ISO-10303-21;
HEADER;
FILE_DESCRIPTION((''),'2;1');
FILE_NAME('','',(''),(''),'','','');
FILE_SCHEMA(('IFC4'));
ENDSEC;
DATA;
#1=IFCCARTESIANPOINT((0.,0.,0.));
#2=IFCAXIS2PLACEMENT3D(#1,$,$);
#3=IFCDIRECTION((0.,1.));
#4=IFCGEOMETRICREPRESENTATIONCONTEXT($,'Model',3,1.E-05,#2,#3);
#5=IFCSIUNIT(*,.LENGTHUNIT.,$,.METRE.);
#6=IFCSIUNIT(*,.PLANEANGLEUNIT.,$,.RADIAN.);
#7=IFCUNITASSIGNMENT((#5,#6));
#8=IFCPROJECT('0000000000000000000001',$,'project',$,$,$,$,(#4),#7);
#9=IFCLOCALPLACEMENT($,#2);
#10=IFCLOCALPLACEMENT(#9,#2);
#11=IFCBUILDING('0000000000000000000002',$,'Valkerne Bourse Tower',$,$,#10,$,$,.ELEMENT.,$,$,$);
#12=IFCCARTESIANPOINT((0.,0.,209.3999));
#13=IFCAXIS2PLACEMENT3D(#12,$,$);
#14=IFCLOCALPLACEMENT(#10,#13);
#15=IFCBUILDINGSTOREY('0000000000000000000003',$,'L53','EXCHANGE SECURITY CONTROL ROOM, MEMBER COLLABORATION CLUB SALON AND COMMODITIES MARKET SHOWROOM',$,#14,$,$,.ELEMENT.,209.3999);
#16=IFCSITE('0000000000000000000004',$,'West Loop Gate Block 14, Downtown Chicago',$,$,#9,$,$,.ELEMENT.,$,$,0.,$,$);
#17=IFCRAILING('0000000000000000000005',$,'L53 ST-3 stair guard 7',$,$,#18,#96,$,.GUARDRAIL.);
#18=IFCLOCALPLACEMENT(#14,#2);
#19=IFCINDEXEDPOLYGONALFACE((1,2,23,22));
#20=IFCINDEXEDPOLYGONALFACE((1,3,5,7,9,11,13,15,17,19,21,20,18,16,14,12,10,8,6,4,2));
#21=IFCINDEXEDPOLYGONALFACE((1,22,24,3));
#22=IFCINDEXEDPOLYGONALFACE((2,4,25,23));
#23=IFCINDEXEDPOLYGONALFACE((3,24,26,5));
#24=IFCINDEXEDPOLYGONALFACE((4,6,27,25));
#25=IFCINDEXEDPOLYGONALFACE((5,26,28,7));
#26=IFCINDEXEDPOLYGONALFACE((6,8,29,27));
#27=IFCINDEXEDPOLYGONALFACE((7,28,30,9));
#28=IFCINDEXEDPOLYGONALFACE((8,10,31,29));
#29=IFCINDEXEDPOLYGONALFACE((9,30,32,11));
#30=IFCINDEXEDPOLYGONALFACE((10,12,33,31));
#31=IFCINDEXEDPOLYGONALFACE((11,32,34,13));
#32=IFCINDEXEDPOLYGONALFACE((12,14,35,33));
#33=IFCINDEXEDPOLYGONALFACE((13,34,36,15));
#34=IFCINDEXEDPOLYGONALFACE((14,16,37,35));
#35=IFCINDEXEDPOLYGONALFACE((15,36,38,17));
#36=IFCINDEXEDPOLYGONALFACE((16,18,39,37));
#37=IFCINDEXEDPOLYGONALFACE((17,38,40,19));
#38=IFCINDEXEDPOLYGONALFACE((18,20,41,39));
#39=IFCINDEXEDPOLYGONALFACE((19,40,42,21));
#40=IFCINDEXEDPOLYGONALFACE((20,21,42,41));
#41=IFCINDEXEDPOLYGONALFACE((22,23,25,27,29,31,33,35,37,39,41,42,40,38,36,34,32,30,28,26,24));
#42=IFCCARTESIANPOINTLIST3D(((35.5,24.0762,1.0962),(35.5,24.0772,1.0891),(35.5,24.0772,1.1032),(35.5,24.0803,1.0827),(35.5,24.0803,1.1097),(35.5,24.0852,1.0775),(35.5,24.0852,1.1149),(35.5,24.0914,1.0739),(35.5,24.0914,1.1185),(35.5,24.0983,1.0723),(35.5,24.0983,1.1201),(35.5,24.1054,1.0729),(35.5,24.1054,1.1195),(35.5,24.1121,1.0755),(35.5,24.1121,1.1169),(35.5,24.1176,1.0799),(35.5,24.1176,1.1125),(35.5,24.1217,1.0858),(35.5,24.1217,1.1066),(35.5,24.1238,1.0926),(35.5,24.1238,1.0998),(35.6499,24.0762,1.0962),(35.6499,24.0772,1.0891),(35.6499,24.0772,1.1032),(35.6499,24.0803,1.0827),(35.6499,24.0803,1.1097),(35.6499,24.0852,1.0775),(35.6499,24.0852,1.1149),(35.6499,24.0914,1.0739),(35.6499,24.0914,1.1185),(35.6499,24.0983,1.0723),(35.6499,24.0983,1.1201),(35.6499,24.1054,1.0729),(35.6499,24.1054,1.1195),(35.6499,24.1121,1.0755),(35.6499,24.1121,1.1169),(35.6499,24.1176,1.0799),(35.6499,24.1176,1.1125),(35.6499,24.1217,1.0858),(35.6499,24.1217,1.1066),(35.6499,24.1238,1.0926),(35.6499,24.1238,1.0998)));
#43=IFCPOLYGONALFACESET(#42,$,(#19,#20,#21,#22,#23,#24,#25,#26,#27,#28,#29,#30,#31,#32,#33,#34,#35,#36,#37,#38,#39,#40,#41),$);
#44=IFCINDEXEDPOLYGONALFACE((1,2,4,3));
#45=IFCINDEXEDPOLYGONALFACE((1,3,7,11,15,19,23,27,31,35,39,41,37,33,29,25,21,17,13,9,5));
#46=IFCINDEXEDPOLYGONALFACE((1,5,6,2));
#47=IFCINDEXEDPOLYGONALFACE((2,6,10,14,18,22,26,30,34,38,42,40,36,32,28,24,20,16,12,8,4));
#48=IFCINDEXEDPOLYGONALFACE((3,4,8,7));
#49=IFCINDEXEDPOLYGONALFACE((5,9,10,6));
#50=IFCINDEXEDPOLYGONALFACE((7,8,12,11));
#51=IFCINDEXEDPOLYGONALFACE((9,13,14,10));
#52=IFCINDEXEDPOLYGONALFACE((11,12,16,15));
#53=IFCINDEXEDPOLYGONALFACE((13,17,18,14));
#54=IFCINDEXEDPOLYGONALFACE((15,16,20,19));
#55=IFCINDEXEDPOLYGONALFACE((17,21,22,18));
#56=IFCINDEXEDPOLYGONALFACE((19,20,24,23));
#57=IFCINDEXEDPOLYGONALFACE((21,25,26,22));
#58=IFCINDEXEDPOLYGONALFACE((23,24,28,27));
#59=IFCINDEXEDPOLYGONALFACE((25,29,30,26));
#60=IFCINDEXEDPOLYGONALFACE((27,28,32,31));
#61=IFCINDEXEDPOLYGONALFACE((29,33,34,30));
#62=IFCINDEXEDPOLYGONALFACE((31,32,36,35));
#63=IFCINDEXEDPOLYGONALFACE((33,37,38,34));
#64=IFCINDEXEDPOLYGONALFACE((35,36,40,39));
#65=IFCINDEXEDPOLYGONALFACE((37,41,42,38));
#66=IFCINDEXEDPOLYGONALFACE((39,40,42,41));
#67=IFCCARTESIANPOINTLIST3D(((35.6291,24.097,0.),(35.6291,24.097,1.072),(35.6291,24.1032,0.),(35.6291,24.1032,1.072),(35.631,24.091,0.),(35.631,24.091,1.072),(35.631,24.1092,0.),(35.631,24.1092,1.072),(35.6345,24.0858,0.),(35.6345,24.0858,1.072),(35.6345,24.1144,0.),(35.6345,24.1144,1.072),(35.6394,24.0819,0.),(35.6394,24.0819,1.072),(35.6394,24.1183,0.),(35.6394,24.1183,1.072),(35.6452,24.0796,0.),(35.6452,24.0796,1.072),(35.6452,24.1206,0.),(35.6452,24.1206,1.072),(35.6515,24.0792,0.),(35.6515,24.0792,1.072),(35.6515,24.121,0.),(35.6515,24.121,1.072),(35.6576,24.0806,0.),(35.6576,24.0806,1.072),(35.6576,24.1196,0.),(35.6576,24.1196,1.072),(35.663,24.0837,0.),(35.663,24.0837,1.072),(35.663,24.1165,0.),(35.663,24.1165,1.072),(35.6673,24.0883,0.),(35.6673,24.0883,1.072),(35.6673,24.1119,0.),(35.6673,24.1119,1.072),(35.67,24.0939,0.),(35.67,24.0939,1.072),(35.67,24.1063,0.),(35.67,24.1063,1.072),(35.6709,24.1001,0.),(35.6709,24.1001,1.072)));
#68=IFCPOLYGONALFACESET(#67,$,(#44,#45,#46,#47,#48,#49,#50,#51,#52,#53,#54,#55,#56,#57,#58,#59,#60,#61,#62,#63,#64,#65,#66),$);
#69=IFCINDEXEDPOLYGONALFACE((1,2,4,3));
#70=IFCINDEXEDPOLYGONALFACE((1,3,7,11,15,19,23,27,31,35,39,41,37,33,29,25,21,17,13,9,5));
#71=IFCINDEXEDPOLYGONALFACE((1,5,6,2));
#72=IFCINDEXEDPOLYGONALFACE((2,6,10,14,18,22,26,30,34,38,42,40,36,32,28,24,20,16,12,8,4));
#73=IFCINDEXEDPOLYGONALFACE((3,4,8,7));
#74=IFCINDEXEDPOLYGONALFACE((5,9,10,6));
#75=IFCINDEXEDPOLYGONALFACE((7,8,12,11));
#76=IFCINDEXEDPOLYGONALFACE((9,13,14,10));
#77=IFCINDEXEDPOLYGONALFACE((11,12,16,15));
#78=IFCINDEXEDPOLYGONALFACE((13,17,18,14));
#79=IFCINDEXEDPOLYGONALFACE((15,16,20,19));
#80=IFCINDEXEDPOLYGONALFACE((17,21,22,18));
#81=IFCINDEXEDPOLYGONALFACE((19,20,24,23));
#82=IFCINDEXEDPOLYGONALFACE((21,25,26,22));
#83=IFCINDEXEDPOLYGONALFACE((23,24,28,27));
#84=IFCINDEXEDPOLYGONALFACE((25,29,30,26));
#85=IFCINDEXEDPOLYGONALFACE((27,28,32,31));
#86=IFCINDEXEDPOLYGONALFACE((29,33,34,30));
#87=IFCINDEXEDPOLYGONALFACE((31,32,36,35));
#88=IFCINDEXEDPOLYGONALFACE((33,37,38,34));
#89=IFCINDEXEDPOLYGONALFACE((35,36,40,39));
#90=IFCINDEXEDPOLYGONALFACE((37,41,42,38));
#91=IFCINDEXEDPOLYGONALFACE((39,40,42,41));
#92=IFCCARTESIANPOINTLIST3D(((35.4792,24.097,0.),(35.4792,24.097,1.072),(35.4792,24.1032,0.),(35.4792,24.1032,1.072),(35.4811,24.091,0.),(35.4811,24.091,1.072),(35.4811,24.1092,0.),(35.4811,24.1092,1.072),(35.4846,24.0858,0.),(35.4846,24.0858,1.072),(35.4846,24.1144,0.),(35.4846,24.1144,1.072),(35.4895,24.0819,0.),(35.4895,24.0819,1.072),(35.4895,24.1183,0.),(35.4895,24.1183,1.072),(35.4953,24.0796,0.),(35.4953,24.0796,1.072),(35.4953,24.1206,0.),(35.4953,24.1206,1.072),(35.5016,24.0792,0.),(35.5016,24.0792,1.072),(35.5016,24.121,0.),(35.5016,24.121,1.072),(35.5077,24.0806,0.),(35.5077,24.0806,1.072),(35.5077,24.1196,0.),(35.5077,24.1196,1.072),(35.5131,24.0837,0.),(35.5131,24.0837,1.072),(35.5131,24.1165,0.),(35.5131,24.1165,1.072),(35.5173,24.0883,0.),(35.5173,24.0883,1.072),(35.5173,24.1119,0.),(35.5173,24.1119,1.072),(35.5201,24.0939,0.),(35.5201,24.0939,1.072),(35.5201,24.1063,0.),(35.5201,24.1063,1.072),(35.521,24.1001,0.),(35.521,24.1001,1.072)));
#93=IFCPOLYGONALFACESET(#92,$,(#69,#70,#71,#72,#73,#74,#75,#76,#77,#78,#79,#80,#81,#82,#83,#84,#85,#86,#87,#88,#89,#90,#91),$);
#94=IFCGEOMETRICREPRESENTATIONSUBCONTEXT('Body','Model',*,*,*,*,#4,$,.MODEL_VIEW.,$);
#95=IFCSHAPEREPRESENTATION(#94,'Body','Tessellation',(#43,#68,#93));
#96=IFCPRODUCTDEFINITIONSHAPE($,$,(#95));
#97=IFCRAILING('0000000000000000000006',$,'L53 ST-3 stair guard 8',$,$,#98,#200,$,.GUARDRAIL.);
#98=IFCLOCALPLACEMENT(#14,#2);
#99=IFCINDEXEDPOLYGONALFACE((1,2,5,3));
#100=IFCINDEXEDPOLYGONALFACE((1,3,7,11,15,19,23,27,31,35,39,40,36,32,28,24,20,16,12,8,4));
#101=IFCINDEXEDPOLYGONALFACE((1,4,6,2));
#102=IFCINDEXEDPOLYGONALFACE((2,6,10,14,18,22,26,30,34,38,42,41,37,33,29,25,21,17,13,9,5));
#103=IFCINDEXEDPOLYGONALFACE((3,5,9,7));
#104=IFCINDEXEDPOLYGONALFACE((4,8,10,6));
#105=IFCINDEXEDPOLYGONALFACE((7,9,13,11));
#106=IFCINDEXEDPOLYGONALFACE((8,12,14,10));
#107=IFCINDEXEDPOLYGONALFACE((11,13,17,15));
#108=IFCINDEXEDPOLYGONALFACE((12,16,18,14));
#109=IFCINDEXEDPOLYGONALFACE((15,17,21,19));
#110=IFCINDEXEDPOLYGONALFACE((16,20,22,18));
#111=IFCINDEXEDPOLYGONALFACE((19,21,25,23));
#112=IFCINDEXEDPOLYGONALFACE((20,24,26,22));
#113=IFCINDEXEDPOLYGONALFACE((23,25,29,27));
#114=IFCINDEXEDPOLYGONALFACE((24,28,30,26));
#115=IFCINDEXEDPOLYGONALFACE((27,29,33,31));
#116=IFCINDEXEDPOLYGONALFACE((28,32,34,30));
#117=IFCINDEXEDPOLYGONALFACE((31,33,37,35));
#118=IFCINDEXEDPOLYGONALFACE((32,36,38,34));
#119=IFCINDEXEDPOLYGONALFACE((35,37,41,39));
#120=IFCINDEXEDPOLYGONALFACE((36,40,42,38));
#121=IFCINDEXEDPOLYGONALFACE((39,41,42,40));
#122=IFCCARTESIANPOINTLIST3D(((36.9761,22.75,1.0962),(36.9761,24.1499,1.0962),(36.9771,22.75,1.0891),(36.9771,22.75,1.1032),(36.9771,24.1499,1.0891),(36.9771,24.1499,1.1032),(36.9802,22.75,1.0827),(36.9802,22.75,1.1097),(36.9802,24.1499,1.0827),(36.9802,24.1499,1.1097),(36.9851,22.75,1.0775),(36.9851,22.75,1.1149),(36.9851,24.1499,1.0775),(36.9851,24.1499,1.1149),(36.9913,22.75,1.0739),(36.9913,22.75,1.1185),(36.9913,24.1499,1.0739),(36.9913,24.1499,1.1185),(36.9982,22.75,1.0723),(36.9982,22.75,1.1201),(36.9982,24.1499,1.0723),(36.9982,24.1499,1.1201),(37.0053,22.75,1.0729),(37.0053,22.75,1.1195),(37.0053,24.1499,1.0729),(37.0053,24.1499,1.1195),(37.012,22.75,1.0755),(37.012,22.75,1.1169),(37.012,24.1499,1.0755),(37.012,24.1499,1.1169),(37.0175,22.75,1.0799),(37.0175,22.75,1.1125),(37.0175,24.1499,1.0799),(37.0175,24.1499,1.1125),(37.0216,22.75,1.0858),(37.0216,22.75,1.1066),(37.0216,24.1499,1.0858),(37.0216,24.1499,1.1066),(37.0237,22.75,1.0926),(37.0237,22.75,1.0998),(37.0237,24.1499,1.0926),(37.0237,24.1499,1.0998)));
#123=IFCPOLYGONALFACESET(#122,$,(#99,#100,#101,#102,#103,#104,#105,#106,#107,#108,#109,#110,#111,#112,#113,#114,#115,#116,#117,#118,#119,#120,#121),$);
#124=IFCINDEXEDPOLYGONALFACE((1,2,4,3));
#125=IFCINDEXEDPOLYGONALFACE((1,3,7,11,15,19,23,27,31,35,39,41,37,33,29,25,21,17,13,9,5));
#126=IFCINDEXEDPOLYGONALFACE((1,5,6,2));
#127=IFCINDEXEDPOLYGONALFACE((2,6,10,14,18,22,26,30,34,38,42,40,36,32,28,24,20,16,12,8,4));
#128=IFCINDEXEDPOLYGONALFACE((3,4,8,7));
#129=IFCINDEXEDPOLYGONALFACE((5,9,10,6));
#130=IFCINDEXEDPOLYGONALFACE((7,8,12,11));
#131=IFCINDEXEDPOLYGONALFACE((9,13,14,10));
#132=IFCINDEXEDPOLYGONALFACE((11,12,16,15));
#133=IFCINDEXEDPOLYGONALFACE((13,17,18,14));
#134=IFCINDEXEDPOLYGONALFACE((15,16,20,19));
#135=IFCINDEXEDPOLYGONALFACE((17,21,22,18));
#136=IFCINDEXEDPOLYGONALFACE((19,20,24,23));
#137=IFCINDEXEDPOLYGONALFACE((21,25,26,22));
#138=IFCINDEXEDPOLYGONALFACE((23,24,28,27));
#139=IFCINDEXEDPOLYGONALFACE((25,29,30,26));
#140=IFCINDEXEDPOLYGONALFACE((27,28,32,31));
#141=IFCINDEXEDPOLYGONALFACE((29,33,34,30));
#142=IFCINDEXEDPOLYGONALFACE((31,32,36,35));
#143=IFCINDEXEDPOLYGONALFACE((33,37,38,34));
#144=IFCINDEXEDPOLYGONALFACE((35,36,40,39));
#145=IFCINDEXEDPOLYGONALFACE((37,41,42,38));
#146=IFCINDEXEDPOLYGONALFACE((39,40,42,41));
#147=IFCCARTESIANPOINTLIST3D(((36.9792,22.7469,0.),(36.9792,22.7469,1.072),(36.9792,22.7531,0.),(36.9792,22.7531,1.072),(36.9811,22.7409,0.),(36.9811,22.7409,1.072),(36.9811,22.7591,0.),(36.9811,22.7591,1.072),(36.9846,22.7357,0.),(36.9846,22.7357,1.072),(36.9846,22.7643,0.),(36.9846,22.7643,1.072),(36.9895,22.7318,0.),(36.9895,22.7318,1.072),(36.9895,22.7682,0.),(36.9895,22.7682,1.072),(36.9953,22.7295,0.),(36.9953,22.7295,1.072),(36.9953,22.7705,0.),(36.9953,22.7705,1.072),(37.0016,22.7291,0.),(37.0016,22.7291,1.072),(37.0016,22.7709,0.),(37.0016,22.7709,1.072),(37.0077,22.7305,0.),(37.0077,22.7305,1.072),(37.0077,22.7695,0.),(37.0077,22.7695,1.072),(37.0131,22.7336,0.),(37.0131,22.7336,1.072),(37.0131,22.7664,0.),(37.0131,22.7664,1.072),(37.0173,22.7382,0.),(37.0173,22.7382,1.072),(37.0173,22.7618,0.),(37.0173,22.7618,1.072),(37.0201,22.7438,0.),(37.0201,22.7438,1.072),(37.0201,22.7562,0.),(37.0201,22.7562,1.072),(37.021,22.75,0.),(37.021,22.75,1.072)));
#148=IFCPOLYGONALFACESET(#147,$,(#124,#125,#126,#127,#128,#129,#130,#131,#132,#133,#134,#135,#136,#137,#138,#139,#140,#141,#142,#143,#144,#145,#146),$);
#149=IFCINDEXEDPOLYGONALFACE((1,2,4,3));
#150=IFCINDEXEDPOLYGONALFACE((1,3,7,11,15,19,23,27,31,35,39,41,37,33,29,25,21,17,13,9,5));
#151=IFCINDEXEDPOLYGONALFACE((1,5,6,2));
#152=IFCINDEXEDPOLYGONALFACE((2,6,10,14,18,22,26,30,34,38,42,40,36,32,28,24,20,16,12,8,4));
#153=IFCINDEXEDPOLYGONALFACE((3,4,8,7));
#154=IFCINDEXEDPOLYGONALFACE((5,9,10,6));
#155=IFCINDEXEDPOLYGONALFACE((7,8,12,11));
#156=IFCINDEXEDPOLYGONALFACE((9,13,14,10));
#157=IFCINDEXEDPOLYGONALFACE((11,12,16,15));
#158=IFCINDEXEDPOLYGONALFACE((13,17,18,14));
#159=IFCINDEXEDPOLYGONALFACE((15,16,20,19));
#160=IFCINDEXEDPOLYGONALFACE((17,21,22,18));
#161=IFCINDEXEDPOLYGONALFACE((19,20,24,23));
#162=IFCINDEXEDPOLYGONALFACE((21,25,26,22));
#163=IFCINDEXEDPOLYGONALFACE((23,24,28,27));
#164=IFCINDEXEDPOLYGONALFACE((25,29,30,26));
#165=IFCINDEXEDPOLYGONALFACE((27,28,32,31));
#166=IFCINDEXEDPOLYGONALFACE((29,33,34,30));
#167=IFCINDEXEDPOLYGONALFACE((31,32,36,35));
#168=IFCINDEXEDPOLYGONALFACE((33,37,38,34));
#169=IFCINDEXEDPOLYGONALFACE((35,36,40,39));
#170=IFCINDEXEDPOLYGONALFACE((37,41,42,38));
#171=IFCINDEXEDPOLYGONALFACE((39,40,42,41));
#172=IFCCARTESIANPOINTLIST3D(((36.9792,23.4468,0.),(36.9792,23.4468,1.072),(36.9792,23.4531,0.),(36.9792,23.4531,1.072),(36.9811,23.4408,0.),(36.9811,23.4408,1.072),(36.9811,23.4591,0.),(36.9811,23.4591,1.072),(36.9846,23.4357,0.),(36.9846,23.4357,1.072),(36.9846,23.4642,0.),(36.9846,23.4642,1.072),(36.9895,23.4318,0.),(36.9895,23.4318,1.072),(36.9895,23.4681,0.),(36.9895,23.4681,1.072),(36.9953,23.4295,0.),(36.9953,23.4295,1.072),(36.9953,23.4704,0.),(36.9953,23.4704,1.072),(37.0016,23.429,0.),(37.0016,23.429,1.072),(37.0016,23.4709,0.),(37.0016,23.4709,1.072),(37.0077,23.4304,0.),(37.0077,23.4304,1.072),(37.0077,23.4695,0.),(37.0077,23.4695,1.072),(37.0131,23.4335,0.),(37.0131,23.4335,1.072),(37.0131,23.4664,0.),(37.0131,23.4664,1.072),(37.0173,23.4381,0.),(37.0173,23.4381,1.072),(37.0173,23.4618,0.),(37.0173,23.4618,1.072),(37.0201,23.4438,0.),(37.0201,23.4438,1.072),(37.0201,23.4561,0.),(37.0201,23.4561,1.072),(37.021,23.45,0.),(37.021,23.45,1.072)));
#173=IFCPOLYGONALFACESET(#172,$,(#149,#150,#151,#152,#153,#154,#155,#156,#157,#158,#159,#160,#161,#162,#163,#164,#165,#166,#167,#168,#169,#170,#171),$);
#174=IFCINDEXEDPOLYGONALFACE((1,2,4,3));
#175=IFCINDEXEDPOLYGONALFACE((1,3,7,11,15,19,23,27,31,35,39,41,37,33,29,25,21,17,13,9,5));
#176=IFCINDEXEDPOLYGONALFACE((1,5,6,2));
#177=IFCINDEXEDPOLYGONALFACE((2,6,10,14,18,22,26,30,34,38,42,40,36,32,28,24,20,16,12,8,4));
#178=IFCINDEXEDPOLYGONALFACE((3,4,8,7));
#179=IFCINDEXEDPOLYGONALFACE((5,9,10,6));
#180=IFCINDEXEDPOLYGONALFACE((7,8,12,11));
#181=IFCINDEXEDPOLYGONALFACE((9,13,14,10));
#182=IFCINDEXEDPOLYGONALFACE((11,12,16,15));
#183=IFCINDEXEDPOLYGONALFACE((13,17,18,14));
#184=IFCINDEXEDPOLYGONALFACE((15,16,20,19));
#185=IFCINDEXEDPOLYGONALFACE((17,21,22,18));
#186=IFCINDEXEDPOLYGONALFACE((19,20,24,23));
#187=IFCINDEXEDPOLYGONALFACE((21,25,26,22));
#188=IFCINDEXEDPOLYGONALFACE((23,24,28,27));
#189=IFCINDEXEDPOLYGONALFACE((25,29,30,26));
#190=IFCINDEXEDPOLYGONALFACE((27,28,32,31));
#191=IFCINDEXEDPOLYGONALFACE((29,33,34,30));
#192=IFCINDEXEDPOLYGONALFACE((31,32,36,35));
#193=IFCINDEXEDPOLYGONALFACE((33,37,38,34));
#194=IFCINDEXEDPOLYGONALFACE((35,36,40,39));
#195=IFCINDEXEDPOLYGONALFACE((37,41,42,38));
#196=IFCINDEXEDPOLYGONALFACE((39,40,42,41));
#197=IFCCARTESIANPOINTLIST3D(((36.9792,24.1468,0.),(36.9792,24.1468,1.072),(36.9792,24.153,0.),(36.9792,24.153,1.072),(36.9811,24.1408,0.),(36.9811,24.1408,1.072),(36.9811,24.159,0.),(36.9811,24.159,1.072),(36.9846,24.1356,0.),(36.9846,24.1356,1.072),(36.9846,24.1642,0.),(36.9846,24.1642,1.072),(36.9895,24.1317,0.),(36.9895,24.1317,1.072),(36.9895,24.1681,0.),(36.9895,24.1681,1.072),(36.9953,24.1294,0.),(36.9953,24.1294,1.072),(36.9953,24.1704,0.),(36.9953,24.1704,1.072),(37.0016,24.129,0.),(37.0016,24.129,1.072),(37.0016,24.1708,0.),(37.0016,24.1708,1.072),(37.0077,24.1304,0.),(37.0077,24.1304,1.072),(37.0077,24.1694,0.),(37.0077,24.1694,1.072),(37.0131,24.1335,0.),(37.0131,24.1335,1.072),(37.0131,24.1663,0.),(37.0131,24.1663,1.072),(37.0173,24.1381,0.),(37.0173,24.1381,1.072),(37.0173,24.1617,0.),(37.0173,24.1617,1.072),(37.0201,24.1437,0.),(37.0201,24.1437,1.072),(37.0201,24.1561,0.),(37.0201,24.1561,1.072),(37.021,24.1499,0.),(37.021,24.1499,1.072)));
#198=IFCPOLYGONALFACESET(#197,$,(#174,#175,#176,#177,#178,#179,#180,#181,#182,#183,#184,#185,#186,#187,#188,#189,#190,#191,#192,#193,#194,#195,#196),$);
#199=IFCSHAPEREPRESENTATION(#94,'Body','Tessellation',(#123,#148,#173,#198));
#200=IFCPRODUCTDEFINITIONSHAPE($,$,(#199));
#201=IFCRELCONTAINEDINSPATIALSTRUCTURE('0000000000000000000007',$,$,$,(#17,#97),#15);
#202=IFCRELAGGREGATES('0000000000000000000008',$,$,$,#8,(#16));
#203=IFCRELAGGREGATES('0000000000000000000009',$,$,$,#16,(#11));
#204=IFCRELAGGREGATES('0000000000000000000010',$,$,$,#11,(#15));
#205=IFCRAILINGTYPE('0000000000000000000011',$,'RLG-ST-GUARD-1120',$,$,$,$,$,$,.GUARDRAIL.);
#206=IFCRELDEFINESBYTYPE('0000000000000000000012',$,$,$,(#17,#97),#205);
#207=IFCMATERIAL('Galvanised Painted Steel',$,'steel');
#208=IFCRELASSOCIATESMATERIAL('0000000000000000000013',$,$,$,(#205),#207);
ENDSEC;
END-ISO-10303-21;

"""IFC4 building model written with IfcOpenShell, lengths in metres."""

from ifc_helpers import new_model, si_unit, direction, frame, origin, origin_2d, place, context, subcontext, project, spatial, circle, extrude, material, type_object, element, save


model = new_model("IFC4")

# Units and contexts
model_context = context("Model", 3, precision=1e-05, world=origin(), true_north=direction((0.0, 1.0)))
body_context = subcontext(model_context, "Body", "Model", "MODEL_VIEW")
ifc_project = project(units=[si_unit("LENGTHUNIT", "METRE"), si_unit("PLANEANGLEUNIT", "RADIAN")], contexts=[model_context])

# Site, building, storey
site_placement = place(None, origin())
site = spatial("IfcSite", under=ifc_project, at=site_placement, Name="West Loop Gate Block 14, Downtown Chicago", CompositionType="ELEMENT", RefElevation=0.0)
building_placement = place(site_placement, origin())
building = spatial("IfcBuilding", under=site, at=building_placement, Name="Valkerne Bourse Tower", CompositionType="ELEMENT")
storey_placement = place(building_placement, frame((0.0, 0.0, 209.3999)))
storey = spatial("IfcBuildingStorey", under=building, at=storey_placement, Name="L53", Description="EXCHANGE SECURITY CONTROL ROOM, MEMBER COLLABORATION CLUB SALON AND COMMODITIES MARKET SHOWROOM", CompositionType="ELEMENT", Elevation=209.3999)

# Railings
ifc_material_1 = material(Name="Galvanised Painted Steel", Category="steel")
railing_type_1 = type_object("IfcRailingType", Name="RLG-ST-GUARD-1120", PredefinedType="GUARDRAIL", material=ifc_material_1)
railing_1_placement = place(storey_placement, frame((35.6499, 24.1001, 0.0)))
element("IfcRailing", 1, at=railing_1_placement, inside=storey, type_object=railing_type_1, Name="L53 ST-3 stair guard 7", PredefinedType="GUARDRAIL", context=body_context, shape_type="SweptSolid", body=[
    extrude(circle(Radius=0.0239, at=origin_2d()), frame((0.0, 0.0, 1.0962), z_axis=(-1.0, 0.0, 0.0), x_axis=(0.0, -1.0, 0.0)), (0.0, 0.0, 1.0), 0.1499),
    extrude(circle(Radius=0.021, at=origin_2d()), origin(), (0.0, 0.0, 1.0), 1.072),
    extrude(circle(Radius=0.021, at=origin_2d()), frame((-0.1499, 0.0, 0.0)), (0.0, 0.0, 1.0), 1.072),
])
railing_2_placement = place(storey_placement, frame((37.0, 22.75, 0.0)))
element("IfcRailing", 2, at=railing_2_placement, inside=storey, type_object=railing_type_1, Name="L53 ST-3 stair guard 8", PredefinedType="GUARDRAIL", context=body_context, shape_type="SweptSolid", body=[
    extrude(circle(Radius=0.0239, at=origin_2d()), frame((0.0, 0.0, 1.0962), z_axis=(0.0, 1.0, 0.0), x_axis=(-1.0, 0.0, 0.0)), (0.0, 0.0, 1.0), 1.3999),
    extrude(circle(Radius=0.021, at=origin_2d()), origin(), (0.0, 0.0, 1.0), 1.072),
    extrude(circle(Radius=0.021, at=origin_2d()), frame((0.0, 0.7, 0.0)), (0.0, 0.0, 1.0), 1.072),
    extrude(circle(Radius=0.021, at=origin_2d()), frame((0.0, 1.3999, 0.0)), (0.0, 0.0, 1.0), 1.072),
])

save(model, "model.ifc")
